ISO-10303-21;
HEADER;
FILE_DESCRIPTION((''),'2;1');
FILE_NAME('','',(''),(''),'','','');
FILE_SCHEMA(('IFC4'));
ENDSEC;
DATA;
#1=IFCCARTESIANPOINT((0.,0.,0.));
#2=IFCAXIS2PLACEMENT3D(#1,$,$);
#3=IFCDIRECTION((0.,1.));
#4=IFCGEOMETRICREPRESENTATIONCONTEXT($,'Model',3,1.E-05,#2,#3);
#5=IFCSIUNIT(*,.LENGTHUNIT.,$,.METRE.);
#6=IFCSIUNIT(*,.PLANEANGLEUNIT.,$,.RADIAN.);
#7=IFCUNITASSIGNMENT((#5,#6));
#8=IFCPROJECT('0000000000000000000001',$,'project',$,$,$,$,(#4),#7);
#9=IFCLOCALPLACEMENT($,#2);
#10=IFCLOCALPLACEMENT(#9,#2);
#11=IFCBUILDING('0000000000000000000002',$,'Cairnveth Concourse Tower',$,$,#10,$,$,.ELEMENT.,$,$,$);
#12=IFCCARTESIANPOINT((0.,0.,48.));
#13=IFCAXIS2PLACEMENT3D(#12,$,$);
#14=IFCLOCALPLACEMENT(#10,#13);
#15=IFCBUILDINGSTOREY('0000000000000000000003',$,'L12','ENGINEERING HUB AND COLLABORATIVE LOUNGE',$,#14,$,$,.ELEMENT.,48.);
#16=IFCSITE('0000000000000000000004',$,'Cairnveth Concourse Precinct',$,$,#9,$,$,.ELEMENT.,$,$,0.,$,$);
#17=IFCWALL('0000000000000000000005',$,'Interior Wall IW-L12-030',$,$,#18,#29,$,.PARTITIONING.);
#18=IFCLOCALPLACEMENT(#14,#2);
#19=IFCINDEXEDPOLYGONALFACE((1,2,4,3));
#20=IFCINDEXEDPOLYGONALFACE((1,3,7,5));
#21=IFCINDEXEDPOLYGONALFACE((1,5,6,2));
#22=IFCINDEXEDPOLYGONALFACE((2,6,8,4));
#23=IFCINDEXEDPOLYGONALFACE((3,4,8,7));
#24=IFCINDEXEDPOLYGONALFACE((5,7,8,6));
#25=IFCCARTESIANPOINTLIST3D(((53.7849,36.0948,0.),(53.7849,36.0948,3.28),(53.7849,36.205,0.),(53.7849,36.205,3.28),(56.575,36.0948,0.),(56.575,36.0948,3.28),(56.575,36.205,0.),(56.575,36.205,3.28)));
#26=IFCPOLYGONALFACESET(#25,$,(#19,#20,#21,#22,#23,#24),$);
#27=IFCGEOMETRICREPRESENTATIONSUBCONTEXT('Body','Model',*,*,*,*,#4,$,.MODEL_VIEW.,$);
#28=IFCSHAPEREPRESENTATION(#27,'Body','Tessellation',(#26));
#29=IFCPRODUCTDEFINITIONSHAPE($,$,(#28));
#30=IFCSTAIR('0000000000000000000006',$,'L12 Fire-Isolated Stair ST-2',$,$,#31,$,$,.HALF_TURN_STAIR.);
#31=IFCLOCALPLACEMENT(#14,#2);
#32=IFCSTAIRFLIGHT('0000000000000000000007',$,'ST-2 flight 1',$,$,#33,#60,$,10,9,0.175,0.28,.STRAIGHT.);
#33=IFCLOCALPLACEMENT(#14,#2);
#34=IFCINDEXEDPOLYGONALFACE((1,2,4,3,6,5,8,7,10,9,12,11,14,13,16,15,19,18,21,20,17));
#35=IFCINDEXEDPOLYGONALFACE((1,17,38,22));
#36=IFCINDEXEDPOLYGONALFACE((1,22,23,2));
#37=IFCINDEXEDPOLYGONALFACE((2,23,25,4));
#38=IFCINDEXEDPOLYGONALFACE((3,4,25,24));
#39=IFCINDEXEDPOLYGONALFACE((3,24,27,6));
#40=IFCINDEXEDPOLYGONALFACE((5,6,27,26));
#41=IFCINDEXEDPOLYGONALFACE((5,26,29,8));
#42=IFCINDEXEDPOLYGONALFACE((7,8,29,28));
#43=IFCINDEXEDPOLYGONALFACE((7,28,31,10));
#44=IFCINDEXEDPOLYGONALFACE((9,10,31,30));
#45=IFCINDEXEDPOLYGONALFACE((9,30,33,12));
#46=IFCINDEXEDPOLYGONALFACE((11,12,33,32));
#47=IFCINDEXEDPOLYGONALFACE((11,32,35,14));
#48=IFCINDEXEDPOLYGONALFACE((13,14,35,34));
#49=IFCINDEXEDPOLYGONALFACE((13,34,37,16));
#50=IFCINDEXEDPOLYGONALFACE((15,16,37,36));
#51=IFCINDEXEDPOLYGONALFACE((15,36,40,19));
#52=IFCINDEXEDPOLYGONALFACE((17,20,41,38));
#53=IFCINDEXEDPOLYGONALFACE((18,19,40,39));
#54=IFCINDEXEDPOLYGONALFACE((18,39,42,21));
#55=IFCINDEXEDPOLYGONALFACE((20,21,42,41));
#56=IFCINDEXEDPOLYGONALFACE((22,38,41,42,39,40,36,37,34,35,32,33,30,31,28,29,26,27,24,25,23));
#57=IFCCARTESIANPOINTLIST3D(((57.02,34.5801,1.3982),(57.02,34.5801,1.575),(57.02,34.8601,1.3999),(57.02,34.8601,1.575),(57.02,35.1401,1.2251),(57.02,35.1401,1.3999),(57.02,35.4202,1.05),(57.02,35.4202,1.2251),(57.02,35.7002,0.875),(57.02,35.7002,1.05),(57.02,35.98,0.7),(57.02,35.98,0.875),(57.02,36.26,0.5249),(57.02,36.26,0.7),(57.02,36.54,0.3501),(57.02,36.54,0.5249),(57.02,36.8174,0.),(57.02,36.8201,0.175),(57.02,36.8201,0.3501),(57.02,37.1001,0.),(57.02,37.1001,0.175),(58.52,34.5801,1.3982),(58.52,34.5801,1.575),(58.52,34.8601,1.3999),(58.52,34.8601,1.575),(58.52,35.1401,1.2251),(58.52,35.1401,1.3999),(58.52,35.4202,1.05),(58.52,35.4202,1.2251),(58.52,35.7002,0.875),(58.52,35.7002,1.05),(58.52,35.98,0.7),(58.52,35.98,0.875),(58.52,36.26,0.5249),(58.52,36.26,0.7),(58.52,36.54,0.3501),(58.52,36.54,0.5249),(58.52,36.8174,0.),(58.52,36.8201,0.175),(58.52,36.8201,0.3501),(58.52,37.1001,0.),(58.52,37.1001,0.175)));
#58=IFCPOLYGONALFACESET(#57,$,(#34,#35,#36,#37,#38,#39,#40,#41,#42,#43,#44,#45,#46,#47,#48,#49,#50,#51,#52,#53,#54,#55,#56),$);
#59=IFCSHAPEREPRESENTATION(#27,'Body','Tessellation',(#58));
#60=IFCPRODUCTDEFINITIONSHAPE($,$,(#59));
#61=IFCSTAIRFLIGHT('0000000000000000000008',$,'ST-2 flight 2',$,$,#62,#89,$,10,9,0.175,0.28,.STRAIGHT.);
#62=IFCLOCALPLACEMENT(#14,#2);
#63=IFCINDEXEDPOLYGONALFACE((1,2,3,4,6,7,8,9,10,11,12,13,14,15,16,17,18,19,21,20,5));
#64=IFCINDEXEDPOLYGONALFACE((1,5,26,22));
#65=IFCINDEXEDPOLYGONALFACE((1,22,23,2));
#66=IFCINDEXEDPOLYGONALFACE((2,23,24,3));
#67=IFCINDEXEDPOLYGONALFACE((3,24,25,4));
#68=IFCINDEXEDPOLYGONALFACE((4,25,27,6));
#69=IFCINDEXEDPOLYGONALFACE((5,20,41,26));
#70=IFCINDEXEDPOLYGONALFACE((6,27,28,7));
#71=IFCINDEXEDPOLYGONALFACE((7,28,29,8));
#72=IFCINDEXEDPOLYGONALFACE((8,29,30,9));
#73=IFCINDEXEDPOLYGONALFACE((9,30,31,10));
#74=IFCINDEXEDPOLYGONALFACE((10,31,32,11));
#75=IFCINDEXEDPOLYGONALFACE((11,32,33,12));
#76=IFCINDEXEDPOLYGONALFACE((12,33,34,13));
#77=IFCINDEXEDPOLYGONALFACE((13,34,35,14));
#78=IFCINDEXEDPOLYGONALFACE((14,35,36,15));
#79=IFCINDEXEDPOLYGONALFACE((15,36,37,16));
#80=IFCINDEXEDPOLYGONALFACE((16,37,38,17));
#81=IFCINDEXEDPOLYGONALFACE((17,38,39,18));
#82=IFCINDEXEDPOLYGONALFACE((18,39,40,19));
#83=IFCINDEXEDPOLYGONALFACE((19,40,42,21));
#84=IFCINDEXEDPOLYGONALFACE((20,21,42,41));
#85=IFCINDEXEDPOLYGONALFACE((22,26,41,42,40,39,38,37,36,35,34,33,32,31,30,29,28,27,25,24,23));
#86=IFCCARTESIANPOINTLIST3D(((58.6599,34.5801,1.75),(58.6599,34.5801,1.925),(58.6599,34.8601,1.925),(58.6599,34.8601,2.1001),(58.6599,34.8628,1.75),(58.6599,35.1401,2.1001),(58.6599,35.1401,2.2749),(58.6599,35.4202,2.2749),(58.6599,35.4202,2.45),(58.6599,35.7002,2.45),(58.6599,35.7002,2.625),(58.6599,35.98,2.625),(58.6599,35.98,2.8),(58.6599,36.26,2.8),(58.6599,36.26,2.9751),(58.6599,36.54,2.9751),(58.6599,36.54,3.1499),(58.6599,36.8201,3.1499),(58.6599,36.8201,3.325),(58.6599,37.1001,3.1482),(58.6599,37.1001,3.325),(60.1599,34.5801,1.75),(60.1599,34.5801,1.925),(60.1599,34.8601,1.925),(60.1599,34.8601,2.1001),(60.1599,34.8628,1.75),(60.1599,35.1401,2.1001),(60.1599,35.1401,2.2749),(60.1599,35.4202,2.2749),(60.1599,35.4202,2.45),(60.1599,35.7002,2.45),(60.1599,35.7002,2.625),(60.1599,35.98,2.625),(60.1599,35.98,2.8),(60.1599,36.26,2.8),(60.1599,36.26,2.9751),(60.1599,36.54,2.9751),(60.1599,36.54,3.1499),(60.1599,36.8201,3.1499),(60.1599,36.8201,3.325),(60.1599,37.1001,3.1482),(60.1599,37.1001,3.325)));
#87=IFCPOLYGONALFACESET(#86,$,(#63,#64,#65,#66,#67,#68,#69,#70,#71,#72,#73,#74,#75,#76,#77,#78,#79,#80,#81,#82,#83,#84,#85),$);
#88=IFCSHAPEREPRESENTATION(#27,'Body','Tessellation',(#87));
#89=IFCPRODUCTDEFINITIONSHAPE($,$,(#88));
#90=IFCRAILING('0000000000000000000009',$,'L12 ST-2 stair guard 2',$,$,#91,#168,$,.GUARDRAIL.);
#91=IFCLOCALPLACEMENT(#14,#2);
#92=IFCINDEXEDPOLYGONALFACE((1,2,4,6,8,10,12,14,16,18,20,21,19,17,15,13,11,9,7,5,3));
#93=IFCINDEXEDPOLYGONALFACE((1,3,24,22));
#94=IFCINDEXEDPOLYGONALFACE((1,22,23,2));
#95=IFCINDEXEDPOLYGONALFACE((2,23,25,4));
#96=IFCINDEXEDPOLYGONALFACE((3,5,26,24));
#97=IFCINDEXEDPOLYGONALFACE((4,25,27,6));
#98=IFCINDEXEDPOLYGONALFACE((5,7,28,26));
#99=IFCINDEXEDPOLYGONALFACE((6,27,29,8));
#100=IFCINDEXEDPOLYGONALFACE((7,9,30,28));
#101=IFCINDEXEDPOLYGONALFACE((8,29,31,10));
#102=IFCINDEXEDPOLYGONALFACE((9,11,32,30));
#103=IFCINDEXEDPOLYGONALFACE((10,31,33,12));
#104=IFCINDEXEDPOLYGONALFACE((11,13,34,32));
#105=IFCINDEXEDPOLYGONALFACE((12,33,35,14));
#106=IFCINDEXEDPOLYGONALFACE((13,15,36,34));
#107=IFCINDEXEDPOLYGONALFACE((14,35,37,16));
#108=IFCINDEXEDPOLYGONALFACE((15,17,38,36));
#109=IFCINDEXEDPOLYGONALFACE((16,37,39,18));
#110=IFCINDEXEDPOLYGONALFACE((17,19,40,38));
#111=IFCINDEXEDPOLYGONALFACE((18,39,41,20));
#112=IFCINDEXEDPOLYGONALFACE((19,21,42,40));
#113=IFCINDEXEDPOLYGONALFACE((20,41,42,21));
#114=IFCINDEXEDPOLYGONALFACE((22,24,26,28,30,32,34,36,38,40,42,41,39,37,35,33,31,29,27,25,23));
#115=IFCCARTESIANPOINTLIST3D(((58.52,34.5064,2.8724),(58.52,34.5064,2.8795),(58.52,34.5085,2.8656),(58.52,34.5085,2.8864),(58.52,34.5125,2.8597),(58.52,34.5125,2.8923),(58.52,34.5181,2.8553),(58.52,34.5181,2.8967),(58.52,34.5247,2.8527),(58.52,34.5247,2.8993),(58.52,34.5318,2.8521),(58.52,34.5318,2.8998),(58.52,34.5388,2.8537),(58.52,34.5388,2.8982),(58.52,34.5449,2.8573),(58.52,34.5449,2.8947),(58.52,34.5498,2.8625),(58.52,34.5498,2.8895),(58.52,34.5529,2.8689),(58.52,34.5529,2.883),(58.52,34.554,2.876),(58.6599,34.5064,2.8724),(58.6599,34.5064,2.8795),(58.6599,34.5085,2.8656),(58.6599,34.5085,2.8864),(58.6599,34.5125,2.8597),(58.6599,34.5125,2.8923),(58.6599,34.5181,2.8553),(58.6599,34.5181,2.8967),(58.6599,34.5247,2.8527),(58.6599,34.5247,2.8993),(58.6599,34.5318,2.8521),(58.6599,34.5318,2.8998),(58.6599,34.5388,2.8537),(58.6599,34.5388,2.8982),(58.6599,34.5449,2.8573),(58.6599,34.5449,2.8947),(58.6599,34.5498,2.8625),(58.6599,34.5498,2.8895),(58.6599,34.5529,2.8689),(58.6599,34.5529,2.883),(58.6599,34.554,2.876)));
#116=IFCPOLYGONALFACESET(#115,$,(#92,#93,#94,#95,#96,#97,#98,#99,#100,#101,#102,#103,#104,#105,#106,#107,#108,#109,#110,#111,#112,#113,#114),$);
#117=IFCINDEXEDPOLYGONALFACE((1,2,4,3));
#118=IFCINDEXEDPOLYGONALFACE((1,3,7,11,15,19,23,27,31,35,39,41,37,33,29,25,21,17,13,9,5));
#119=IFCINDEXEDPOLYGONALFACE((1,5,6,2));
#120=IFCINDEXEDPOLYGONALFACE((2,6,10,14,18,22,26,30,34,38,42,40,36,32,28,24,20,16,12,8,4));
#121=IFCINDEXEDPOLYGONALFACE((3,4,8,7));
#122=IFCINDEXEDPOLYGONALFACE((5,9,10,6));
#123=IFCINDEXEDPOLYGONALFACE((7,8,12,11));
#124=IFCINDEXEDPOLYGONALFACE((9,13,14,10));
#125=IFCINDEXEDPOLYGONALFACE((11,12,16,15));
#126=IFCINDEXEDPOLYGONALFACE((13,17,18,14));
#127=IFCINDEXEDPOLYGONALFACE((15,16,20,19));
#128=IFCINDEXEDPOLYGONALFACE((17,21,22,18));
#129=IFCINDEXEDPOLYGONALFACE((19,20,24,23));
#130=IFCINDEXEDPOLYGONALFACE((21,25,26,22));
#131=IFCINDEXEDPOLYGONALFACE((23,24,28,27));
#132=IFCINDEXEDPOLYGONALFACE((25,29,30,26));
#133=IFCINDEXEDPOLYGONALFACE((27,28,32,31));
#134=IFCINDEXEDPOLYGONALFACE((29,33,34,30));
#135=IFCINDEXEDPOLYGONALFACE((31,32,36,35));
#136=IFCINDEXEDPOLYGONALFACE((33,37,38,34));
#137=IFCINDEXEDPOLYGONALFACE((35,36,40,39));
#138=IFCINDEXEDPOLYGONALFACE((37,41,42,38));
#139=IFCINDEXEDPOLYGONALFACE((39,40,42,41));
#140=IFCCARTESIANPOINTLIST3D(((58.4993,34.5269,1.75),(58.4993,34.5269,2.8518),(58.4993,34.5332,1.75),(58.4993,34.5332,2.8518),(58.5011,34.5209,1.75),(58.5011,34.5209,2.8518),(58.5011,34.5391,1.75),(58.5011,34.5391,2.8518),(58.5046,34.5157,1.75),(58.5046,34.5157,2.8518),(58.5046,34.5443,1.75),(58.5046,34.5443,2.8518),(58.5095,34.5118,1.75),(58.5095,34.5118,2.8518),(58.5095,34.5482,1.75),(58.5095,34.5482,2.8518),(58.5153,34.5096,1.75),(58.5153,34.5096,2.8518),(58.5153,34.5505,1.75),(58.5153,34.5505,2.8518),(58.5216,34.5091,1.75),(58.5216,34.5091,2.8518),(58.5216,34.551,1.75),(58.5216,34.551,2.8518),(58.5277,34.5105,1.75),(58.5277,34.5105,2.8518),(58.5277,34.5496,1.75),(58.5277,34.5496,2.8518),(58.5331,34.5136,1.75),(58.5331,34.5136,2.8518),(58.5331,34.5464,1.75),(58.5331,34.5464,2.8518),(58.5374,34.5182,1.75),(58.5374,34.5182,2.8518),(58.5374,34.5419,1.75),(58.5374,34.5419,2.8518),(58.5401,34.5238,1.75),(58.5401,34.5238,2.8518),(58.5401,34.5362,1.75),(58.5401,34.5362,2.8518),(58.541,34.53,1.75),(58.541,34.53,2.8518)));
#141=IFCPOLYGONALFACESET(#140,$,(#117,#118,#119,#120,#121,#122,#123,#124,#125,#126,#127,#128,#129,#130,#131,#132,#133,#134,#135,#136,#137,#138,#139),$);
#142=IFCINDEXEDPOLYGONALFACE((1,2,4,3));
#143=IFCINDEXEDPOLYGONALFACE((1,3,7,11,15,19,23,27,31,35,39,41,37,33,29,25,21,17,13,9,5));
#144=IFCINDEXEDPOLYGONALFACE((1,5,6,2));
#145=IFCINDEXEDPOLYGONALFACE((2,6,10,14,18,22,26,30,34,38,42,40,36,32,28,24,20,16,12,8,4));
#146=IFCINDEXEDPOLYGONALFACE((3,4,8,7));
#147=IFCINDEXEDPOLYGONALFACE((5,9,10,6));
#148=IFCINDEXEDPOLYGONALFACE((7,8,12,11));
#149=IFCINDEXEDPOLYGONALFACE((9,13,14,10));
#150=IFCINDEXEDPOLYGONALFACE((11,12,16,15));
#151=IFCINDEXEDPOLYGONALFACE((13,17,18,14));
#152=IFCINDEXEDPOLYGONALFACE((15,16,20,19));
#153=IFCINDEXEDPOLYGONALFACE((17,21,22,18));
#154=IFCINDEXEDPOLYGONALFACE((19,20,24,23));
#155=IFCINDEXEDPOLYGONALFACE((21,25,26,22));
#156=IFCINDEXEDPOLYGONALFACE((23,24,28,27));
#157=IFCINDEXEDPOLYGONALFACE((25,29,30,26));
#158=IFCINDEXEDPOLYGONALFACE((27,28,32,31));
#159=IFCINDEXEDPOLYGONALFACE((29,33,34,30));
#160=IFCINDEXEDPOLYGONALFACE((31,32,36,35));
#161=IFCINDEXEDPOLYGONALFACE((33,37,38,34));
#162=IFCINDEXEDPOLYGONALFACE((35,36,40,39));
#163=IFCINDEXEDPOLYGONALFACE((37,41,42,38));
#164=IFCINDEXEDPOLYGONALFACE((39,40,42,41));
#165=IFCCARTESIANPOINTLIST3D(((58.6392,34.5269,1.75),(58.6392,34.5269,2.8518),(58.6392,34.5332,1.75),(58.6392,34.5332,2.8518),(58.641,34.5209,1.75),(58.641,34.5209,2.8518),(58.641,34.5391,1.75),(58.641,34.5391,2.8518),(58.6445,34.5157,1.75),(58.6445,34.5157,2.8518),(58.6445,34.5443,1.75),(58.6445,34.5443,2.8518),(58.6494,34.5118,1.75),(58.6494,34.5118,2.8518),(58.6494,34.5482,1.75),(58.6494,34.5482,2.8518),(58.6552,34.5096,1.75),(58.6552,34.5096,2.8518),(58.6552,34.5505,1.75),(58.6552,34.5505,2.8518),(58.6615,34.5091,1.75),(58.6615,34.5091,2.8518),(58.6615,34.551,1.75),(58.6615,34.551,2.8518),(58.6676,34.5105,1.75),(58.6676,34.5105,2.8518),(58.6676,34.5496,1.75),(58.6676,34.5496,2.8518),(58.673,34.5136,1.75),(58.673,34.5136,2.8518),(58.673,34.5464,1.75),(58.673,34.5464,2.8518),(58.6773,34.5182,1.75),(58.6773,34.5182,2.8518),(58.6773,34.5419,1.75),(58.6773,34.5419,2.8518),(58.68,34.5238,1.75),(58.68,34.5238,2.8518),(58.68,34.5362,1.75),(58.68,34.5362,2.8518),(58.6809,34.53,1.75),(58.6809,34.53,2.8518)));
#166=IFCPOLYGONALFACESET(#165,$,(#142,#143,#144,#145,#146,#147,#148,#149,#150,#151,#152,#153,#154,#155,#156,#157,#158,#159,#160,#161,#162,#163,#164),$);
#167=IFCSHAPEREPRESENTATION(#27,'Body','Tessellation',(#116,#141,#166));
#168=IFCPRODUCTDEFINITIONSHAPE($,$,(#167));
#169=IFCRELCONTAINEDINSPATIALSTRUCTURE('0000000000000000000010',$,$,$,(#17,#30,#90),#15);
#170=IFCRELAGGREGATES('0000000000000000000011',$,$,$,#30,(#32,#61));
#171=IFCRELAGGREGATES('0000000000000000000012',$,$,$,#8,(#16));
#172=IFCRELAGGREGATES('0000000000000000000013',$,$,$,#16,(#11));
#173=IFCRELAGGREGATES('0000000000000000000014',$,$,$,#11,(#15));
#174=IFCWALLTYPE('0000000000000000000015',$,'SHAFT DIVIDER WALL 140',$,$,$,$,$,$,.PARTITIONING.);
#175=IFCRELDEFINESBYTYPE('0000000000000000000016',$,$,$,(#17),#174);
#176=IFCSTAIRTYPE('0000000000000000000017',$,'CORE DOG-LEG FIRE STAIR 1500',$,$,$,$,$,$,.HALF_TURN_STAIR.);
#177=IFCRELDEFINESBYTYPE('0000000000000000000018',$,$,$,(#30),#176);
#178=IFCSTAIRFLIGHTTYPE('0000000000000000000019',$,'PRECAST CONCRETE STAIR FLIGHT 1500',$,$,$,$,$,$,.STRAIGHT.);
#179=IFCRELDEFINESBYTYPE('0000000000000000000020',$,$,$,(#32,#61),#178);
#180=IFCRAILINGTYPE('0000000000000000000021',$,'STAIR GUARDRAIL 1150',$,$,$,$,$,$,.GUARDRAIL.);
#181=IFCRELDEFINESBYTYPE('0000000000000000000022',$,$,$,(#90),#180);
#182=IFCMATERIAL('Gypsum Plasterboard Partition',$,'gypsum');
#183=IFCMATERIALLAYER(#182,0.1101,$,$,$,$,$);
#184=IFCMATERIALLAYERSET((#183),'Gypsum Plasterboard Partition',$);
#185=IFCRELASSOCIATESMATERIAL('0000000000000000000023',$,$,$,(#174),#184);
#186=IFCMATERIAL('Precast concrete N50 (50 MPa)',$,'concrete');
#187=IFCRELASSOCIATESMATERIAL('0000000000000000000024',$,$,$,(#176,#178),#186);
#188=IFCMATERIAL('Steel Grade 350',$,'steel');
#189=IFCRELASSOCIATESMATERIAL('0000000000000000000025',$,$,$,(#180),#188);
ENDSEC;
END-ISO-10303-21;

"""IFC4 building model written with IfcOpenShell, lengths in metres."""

from ifc_helpers import new_model, si_unit, direction, frame, frame_2d, origin, origin_2d, place, context, subcontext, project, spatial, polyline, rectangle, circle, outline, extrude, material, layer, layer_set, type_object, element, aggregate, save


model = new_model("IFC4")

# Units and contexts
model_context = context("Model", 3, precision=1e-05, world=origin(), true_north=direction((0.0, 1.0)))
body_context = subcontext(model_context, "Body", "Model", "MODEL_VIEW")
ifc_project = project(units=[si_unit("LENGTHUNIT", "METRE"), si_unit("PLANEANGLEUNIT", "RADIAN")], contexts=[model_context])

# Site, building, storey
site_placement = place(None, origin())
site = spatial("IfcSite", under=ifc_project, at=site_placement, Name="Cairnveth Concourse Precinct", CompositionType="ELEMENT", RefElevation=0.0)
building_placement = place(site_placement, origin())
building = spatial("IfcBuilding", under=site, at=building_placement, Name="Cairnveth Concourse Tower", CompositionType="ELEMENT")
storey_placement = place(building_placement, frame((0.0, 0.0, 48.0)))
storey = spatial("IfcBuildingStorey", under=building, at=storey_placement, Name="L12", Description="ENGINEERING HUB AND COLLABORATIVE LOUNGE", CompositionType="ELEMENT", Elevation=48.0)

# Shared definitions
ifc_material_1 = material(Name="Steel Grade 350", Category="steel")

# Wall
ifc_material_2 = material(Name="Gypsum Plasterboard Partition", Category="gypsum")
ifc_layer_1 = layer(ifc_material_2, 0.1101)
ifc_layer_set_1 = layer_set([ifc_layer_1], Name="Gypsum Plasterboard Partition")
wall_type_1 = type_object("IfcWallType", Name="SHAFT DIVIDER WALL 140", PredefinedType="PARTITIONING", material=ifc_layer_set_1)
for number, where, z_axis, x_axis, name in (
    (1, (53.7849, 36.1499, 0.0), (0.0, 0.0, 1.0), (1.0, 0.0, 0.0), "Interior Wall IW-L12-030"),
):
    element("IfcWall", number, at=place(storey_placement, frame(where, z_axis=z_axis, x_axis=x_axis)), inside=storey, type_object=wall_type_1, Name=name, PredefinedType="PARTITIONING", context=body_context, shape_type="SweptSolid", body=[
        extrude(rectangle(XDim=2.79, YDim=0.1101, at=frame_2d((1.395, 0.0))), origin(), (0.0, 0.0, 1.0), 3.28),
    ])

# Stair, stair flights
ifc_material_3 = material(Name="Precast concrete N50 (50 MPa)", Category="concrete")
stair_type = type_object("IfcStairType", Name="CORE DOG-LEG FIRE STAIR 1500", PredefinedType="HALF_TURN_STAIR", material=ifc_material_3)
stair_placement = place(storey_placement, origin())
stair = element("IfcStair", 2, at=stair_placement, inside=storey, type_object=stair_type, Name="L12 Fire-Isolated Stair ST-2", PredefinedType="HALF_TURN_STAIR")
stair_flight_type = type_object("IfcStairFlightType", Name="PRECAST CONCRETE STAIR FLIGHT 1500", PredefinedType="STRAIGHT", material=ifc_material_3)
stair_flight_1_placement = place(storey_placement, frame((57.77, 37.1001, 0.0), z_axis=(0.0, 0.0, 1.0), x_axis=(0.0, -1.0, 0.0)))
stair_flight_1 = element("IfcStairFlight", 3, at=stair_flight_1_placement, type_object=stair_flight_type, Name="ST-2 flight 1", NumberOfRisers=10, NumberOfTreads=9, PredefinedType="STRAIGHT", RiserHeight=0.175, TreadLength=0.28, context=body_context, shape_type="SweptSolid", body=[
    extrude(outline(polyline([(0.0, 0.0), (0.0, 0.175), (0.28, 0.175), (0.28, 0.3501), (0.5601, 0.3501), (0.5601, 0.5249), (0.8401, 0.5249), (0.8401, 0.7), (1.1201, 0.7), (1.1201, 0.875), (1.3999, 0.875), (1.3999, 1.05), (1.6799, 1.05), (1.6799, 1.2251), (1.96, 1.2251), (1.96, 1.3999), (2.24, 1.3999), (2.24, 1.575), (2.52, 1.575), (2.52, 1.75), (2.52, 1.3982), (0.2827, 0.0), (0.0, 0.0)])), frame((0.0, 0.75, 0.0), z_axis=(0.0, -1.0, 0.0), x_axis=(1.0, 0.0, 0.0)), (0.0, 0.0, 1.0), 1.5),
])
stair_flight_2_placement = place(storey_placement, frame((59.4099, 34.5801, 1.75), z_axis=(0.0, 0.0, 1.0), x_axis=(0.0, 1.0, 0.0)))
stair_flight_2 = element("IfcStairFlight", 4, at=stair_flight_2_placement, type_object=stair_flight_type, Name="ST-2 flight 2", NumberOfRisers=10, NumberOfTreads=9, PredefinedType="STRAIGHT", RiserHeight=0.175, TreadLength=0.28, context=body_context, shape_type="SweptSolid", body=[
    extrude(outline(polyline([(0.0, 0.0), (0.0, 0.175), (0.28, 0.175), (0.28, 0.3501), (0.5601, 0.3501), (0.5601, 0.5249), (0.8401, 0.5249), (0.8401, 0.7), (1.1201, 0.7), (1.1201, 0.875), (1.3999, 0.875), (1.3999, 1.05), (1.6799, 1.05), (1.6799, 1.2251), (1.96, 1.2251), (1.96, 1.3999), (2.24, 1.3999), (2.24, 1.575), (2.52, 1.575), (2.52, 1.75), (2.52, 1.3982), (0.2827, 0.0), (0.0, 0.0)])), frame((0.0, 0.75, 0.0), z_axis=(0.0, -1.0, 0.0), x_axis=(1.0, 0.0, 0.0)), (0.0, 0.0, 1.0), 1.5),
])
aggregate(stair, [stair_flight_1, stair_flight_2])

# Railing
railing_type_1 = type_object("IfcRailingType", Name="STAIR GUARDRAIL 1150", PredefinedType="GUARDRAIL", material=ifc_material_1)
railing_1_placement = place(storey_placement, frame((58.52, 34.53, 1.75)))
element("IfcRailing", 5, at=railing_1_placement, inside=storey, type_object=railing_type_1, Name="L12 ST-2 stair guard 2", PredefinedType="GUARDRAIL", context=body_context, shape_type="SweptSolid", body=[
    extrude(circle(Radius=0.0239, at=origin_2d()), frame((0.0, 0.0, 1.126), z_axis=(1.0, 0.0, 0.0), x_axis=(0.0, 1.0, 0.0)), (0.0, 0.0, 1.0), 0.1399),
    extrude(circle(Radius=0.021, at=origin_2d()), origin(), (0.0, 0.0, 1.0), 1.1018),
    extrude(circle(Radius=0.021, at=origin_2d()), frame((0.1399, 0.0, 0.0)), (0.0, 0.0, 1.0), 1.1018),
])

save(model, "model.ifc")
